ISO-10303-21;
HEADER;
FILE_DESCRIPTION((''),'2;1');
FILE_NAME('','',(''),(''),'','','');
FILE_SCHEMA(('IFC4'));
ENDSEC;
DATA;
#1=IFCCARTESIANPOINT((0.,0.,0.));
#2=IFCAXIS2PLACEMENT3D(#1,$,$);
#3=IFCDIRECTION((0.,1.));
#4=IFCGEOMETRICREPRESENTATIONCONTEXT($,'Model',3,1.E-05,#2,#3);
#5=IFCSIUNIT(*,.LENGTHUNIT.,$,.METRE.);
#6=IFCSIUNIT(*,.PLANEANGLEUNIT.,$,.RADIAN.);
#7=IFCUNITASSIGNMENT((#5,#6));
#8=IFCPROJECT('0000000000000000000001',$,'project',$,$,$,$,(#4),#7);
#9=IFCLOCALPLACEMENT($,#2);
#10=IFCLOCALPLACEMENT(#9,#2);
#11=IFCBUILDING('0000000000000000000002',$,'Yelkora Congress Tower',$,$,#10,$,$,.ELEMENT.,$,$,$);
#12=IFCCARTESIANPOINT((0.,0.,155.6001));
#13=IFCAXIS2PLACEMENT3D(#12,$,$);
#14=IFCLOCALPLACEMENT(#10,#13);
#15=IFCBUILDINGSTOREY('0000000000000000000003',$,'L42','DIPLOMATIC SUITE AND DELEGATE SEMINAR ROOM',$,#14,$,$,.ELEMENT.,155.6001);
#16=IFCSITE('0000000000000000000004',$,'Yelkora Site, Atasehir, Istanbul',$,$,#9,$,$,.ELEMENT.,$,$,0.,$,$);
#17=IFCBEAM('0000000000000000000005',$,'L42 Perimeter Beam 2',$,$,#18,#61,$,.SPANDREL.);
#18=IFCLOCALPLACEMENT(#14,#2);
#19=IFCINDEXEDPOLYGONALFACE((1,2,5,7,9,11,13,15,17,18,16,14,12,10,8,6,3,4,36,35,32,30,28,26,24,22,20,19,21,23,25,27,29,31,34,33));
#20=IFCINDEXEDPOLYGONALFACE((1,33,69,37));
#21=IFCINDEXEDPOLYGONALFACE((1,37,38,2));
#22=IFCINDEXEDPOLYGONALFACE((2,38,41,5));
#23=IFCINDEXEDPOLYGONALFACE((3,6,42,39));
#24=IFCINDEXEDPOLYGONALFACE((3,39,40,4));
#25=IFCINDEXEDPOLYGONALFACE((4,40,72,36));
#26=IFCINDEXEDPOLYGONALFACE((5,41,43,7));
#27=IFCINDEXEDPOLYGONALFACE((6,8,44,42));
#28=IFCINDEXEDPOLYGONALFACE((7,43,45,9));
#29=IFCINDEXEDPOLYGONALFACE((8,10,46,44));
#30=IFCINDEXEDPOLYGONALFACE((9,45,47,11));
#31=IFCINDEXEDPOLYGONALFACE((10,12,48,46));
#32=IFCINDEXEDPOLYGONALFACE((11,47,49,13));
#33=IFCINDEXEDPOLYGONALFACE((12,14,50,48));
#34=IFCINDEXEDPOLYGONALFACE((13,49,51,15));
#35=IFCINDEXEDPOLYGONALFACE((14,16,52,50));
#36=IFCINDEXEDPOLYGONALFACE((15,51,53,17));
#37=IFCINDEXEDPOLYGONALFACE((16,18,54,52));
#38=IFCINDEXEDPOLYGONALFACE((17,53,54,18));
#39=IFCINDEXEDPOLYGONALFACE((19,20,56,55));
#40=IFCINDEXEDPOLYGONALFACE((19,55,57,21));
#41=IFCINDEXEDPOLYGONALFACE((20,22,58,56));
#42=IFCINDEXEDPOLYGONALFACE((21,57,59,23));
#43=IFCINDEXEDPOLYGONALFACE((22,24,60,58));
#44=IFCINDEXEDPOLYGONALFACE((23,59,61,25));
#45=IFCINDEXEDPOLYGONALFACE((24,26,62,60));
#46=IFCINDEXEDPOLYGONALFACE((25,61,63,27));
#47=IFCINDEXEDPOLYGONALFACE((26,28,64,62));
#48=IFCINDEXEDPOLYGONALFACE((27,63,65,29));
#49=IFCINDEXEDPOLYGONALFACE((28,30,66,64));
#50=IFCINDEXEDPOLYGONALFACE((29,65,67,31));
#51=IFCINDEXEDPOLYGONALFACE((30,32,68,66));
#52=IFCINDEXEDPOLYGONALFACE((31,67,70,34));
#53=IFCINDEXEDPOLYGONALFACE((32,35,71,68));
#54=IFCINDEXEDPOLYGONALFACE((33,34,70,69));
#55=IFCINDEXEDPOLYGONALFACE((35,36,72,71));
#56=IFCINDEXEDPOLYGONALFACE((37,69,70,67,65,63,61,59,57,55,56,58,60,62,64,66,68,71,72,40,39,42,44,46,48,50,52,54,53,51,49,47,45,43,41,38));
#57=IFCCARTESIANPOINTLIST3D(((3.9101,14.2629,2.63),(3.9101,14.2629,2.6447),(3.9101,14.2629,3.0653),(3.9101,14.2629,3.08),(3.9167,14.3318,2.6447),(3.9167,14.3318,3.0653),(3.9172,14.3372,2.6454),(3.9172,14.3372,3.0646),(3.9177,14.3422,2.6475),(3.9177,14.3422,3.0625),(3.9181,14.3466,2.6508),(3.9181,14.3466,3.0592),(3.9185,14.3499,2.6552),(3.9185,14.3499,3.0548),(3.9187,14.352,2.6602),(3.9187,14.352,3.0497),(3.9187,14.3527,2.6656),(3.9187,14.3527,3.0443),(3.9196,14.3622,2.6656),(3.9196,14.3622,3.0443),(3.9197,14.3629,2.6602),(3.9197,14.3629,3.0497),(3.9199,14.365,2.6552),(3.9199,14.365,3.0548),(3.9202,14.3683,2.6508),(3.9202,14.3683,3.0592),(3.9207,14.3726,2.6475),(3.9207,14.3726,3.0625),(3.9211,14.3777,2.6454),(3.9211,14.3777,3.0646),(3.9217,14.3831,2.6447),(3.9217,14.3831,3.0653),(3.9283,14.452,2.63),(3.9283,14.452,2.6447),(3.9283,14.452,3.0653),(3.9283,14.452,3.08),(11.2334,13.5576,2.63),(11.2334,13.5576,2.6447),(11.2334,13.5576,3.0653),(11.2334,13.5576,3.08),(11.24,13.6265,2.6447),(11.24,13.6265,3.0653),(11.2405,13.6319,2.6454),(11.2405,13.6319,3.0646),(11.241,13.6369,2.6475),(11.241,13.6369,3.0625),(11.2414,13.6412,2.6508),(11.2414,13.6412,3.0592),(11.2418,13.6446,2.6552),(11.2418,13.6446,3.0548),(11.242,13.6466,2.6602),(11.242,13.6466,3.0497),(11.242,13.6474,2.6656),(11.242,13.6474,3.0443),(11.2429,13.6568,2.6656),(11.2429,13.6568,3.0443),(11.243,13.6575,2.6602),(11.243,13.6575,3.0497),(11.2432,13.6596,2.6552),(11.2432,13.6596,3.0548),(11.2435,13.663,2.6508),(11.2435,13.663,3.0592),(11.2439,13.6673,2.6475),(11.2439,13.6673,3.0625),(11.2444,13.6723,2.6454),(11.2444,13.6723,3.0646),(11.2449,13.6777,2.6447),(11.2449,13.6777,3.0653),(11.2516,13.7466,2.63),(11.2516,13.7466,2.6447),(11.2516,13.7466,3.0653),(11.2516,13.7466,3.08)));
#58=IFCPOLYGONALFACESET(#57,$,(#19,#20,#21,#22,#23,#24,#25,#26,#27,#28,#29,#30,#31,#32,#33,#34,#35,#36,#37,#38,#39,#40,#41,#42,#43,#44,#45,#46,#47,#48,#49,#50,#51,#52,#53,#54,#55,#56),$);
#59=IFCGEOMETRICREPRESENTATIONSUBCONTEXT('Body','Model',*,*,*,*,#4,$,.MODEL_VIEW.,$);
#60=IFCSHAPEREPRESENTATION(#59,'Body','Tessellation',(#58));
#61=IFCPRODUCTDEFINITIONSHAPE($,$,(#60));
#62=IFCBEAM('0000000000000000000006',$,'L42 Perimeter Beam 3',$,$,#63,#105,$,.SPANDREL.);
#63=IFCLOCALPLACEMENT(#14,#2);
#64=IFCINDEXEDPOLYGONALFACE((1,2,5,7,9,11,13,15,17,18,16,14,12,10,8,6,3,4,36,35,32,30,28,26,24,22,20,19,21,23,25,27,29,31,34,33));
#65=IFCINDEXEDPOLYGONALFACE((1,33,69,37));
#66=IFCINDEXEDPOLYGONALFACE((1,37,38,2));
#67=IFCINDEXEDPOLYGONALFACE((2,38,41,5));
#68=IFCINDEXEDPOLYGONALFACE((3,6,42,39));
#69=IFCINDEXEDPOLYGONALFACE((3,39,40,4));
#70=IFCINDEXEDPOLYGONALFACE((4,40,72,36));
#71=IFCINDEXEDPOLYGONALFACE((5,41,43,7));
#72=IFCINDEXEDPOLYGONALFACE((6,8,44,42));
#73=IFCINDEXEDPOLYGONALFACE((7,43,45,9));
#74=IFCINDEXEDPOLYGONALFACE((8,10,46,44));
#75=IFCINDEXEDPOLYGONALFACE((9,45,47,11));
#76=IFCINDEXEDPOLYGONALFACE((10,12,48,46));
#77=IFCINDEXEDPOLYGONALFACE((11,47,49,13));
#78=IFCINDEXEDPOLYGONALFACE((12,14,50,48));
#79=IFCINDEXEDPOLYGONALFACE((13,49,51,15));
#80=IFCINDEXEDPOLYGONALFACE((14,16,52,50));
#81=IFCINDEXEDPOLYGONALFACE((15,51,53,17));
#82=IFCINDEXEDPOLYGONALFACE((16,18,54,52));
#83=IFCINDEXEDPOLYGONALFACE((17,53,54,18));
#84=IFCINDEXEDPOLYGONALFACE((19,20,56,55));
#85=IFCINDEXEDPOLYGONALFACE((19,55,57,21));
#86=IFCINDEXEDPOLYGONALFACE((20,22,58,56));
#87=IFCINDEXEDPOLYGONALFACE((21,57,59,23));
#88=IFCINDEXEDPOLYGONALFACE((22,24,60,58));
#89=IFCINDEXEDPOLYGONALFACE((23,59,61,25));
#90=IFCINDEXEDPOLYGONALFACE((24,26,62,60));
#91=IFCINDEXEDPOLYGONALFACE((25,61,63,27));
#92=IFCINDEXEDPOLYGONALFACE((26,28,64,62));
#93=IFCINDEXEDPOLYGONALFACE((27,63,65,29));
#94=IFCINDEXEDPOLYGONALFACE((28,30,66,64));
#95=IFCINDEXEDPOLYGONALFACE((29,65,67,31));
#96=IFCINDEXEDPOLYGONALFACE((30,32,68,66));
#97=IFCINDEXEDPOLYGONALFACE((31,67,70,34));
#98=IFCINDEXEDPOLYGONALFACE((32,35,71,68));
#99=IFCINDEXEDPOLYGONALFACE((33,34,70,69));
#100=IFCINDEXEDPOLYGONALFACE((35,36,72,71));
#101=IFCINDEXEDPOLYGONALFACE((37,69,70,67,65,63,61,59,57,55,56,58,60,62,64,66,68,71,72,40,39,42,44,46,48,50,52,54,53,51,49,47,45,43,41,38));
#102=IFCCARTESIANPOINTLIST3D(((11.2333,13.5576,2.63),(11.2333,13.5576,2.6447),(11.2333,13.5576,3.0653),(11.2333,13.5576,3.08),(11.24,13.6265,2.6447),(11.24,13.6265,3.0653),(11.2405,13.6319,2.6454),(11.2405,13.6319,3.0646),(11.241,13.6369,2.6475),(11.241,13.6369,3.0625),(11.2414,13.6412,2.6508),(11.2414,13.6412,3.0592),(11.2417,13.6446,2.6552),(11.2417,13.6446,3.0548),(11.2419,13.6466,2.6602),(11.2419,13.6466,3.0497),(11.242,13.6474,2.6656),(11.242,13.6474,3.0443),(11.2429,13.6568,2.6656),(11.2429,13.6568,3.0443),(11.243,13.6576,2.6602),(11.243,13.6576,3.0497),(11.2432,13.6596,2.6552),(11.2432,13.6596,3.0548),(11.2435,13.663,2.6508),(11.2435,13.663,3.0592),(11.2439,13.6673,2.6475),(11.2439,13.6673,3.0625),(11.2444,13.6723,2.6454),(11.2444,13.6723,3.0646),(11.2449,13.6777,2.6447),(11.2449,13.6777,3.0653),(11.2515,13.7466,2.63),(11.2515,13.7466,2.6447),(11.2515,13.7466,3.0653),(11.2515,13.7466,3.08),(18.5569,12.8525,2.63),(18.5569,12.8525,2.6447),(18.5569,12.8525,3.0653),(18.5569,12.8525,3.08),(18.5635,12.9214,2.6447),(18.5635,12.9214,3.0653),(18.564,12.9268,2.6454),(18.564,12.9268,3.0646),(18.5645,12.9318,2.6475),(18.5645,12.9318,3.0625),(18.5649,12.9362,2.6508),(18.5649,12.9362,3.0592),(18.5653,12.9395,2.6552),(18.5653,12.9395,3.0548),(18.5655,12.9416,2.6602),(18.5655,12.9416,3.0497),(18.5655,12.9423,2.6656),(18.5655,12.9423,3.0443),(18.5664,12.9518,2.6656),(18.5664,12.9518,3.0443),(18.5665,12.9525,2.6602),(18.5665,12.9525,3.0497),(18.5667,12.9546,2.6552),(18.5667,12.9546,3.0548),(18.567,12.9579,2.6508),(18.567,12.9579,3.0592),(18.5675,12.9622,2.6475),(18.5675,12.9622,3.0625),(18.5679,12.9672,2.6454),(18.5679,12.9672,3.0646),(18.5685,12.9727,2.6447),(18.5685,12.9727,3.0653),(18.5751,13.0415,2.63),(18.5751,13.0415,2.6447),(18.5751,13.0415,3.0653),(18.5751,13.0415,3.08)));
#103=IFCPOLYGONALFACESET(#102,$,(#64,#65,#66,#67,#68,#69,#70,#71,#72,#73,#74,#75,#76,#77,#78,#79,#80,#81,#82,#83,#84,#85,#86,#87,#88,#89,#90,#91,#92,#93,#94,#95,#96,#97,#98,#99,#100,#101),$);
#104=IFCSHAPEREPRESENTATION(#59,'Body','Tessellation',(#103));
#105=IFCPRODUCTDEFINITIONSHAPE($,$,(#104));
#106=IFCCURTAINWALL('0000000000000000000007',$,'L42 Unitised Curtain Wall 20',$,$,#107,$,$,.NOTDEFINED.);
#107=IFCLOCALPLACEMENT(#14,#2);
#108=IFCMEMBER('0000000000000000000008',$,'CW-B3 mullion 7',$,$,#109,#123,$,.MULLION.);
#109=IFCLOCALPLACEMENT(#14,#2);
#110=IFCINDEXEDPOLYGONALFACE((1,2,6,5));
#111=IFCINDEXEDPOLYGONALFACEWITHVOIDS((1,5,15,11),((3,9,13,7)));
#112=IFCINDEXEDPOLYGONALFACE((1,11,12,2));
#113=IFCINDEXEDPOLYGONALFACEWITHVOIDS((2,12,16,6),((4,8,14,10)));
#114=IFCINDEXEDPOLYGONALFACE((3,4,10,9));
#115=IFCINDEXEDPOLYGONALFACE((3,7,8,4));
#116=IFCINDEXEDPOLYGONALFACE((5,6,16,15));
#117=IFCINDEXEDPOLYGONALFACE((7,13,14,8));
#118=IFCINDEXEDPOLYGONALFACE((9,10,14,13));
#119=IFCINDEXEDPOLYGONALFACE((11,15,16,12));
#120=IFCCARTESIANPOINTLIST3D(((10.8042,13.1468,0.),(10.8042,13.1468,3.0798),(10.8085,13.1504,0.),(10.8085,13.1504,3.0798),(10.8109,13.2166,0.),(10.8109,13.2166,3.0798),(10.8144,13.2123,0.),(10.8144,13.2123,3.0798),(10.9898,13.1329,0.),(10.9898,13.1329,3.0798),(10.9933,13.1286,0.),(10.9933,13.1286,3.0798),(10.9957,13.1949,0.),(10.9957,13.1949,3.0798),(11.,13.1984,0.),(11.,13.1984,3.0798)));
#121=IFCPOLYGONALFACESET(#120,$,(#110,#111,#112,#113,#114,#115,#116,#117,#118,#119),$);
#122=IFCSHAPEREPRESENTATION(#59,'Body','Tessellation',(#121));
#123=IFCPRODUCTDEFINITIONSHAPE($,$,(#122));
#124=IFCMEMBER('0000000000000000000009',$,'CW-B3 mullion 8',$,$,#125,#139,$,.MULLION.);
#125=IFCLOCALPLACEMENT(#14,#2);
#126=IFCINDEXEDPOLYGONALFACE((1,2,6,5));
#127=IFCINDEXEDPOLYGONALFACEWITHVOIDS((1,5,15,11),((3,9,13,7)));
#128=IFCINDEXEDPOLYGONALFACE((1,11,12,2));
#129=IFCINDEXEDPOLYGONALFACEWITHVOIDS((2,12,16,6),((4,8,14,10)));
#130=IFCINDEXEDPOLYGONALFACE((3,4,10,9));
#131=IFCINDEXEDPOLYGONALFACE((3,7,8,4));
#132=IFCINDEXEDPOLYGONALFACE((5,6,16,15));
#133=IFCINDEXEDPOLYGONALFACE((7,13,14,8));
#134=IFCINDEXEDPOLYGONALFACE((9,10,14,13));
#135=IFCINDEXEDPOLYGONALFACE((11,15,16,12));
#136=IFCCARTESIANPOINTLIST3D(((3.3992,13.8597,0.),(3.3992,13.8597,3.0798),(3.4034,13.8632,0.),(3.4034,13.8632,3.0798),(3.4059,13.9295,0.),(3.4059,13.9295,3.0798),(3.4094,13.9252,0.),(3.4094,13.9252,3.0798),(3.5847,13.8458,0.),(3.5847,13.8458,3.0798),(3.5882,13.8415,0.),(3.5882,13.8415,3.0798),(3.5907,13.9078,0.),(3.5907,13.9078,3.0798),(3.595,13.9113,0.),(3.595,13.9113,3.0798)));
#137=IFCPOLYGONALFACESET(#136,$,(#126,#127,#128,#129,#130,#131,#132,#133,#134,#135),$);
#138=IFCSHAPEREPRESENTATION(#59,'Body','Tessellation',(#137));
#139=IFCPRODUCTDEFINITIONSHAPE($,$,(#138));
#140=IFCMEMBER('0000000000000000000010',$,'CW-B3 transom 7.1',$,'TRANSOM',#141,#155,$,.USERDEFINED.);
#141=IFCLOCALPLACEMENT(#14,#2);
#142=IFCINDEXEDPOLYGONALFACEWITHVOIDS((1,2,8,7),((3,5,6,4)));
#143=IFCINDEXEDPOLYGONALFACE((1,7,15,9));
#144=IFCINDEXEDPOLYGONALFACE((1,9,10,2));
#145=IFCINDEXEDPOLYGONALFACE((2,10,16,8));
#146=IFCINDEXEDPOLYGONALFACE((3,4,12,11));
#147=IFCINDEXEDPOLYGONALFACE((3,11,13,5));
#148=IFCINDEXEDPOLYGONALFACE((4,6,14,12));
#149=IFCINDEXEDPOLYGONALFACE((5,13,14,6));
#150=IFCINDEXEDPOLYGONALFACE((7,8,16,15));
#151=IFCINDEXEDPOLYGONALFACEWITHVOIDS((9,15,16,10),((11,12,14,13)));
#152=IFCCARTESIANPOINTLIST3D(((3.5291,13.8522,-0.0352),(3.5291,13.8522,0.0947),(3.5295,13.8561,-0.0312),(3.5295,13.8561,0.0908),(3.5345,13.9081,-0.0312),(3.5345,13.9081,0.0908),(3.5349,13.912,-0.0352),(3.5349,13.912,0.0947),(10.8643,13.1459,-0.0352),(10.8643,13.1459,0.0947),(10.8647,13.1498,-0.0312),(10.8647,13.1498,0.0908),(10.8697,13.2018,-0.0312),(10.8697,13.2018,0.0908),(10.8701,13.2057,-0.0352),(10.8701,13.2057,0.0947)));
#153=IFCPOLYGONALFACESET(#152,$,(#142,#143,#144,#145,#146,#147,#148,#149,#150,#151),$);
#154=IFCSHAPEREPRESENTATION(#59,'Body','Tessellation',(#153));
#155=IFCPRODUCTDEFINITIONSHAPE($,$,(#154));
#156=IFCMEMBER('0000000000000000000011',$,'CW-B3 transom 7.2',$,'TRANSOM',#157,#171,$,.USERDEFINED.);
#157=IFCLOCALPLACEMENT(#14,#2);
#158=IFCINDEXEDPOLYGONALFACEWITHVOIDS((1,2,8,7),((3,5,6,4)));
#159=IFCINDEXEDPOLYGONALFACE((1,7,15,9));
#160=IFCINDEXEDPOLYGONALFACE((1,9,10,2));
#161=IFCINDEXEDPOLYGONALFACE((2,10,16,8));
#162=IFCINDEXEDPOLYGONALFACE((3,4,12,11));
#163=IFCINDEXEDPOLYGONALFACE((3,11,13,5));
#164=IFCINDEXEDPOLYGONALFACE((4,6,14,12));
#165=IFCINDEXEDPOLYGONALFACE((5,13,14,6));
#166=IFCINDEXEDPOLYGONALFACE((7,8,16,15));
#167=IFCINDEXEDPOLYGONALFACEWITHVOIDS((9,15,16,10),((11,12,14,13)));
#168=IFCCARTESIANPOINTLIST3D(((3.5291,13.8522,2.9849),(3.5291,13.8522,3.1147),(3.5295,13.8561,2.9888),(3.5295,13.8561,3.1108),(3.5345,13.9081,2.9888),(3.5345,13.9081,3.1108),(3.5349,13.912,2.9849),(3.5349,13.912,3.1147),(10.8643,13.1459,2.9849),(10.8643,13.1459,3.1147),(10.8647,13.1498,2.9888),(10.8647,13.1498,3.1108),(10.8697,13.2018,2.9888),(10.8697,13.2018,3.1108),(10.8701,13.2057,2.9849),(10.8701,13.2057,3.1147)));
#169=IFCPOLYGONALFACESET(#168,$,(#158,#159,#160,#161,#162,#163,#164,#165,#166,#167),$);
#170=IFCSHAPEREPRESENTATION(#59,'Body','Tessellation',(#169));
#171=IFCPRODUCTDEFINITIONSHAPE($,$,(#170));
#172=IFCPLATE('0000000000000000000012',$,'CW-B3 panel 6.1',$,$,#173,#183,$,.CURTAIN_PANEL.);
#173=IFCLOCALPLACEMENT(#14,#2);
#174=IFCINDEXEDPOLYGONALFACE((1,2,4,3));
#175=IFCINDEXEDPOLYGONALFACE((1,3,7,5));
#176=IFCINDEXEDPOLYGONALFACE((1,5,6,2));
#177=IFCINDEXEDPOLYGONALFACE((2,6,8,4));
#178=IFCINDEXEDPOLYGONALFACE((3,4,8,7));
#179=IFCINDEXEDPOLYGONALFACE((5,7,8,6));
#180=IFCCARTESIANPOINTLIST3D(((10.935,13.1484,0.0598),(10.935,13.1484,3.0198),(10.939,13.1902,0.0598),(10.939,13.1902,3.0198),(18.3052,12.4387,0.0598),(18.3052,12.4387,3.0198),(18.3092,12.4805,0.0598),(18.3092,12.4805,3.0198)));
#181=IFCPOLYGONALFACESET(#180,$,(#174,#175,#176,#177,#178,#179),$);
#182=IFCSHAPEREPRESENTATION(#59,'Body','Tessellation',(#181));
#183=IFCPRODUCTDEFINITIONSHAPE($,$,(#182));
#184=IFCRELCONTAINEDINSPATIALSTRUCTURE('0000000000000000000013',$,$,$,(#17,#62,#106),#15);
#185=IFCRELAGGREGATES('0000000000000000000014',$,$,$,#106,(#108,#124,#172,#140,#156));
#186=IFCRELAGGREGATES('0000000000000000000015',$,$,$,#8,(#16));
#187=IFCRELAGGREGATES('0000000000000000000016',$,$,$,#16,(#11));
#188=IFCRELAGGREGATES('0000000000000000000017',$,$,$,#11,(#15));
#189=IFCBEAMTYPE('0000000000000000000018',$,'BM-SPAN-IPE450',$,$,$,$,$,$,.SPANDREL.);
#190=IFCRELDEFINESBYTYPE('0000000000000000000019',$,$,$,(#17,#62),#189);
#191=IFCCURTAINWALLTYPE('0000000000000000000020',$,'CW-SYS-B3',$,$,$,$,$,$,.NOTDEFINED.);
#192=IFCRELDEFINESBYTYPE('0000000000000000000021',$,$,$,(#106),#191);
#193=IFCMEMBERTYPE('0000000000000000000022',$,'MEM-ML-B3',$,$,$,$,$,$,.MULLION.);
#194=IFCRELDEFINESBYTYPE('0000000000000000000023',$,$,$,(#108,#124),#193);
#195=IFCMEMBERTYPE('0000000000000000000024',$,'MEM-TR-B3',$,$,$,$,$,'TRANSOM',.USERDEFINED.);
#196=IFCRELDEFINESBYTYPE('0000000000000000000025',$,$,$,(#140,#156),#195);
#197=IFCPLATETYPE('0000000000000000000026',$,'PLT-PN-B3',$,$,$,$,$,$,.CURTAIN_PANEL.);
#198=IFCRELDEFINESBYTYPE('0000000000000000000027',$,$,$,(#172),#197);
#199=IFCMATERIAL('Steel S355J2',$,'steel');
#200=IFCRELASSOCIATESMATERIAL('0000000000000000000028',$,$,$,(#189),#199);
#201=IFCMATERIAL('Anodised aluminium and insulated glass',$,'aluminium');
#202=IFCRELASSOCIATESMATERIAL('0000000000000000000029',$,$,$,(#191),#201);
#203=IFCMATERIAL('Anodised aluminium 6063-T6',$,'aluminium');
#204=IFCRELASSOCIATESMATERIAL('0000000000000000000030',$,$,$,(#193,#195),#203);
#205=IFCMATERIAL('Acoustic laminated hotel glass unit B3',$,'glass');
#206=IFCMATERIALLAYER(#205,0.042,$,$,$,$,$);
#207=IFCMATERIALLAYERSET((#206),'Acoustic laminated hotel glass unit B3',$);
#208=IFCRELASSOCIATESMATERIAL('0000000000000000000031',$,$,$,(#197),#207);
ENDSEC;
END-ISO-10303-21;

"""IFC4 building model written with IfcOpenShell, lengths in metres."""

from ifc_helpers import new_model, si_unit, direction, frame, origin, origin_2d, place, context, subcontext, project, spatial, rectangle, hollow_rectangle, i_section, extrude, material, layer, layer_set, material_profile, profile_set, type_object, element, aggregate, save


model = new_model("IFC4")

# Units and contexts
model_context = context("Model", 3, precision=1e-05, world=origin(), true_north=direction((0.0, 1.0)))
body_context = subcontext(model_context, "Body", "Model", "MODEL_VIEW")
ifc_project = project(units=[si_unit("LENGTHUNIT", "METRE"), si_unit("PLANEANGLEUNIT", "RADIAN")], contexts=[model_context])

# Site, building, storey
site_placement = place(None, origin())
site = spatial("IfcSite", under=ifc_project, at=site_placement, Name="Yelkora Site, Atasehir, Istanbul", CompositionType="ELEMENT", RefElevation=0.0)
building_placement = place(site_placement, origin())
building = spatial("IfcBuilding", under=site, at=building_placement, Name="Yelkora Congress Tower", CompositionType="ELEMENT")
storey_placement = place(building_placement, frame((0.0, 0.0, 155.6001)))
storey = spatial("IfcBuildingStorey", under=building, at=storey_placement, Name="L42", Description="DIPLOMATIC SUITE AND DELEGATE SEMINAR ROOM", CompositionType="ELEMENT", Elevation=155.6001)

# Beams
ifc_material_1 = material(Name="Steel S355J2", Category="steel")
ifc_material_profile_1 = material_profile(ifc_material_1, i_section(OverallWidth=0.1899, OverallDepth=0.45, WebThickness=0.0095, FlangeThickness=0.0146, FilletRadius=0.021, at=origin_2d()), Name="IPE 450")
ifc_profile_set_1 = profile_set([ifc_material_profile_1], Name="Steel S355J2")
beam_type_1 = type_object("IfcBeamType", Name="BM-SPAN-IPE450", PredefinedType="SPANDREL", material=ifc_profile_set_1)
beam_1_placement = place(storey_placement, frame((3.9192, 14.3574, 2.855), z_axis=(0.995394, -0.095869, 0.0), x_axis=(0.095869, 0.995394, 0.0)))
element("IfcBeam", 1, at=beam_1_placement, inside=storey, type_object=beam_type_1, Name="L42 Perimeter Beam 2", PredefinedType="SPANDREL", context=body_context, shape_type="SweptSolid", body=[
    extrude(i_section(OverallWidth=0.1899, OverallDepth=0.45, WebThickness=0.0095, FlangeThickness=0.0146, FilletRadius=0.021, at=origin_2d()), origin(), (0.0, 0.0, 1.0), 7.3572),
])
beam_2_placement = place(storey_placement, frame((11.2424, 13.6521, 2.855), z_axis=(0.995397, -0.095833, 0.0), x_axis=(0.095833, 0.995397, 0.0)))
element("IfcBeam", 2, at=beam_2_placement, inside=storey, type_object=beam_type_1, Name="L42 Perimeter Beam 3", PredefinedType="SPANDREL", context=body_context, shape_type="SweptSolid", body=[
    extrude(i_section(OverallWidth=0.1899, OverallDepth=0.45, WebThickness=0.0095, FlangeThickness=0.0146, FilletRadius=0.021, at=origin_2d()), origin(), (0.0, 0.0, 1.0), 7.3574),
])

# Curtain wall, members, plate
ifc_material_2 = material(Name="Anodised aluminium and insulated glass", Category="aluminium")
curtain_wall_type = type_object("IfcCurtainWallType", Name="CW-SYS-B3", PredefinedType="NOTDEFINED", material=ifc_material_2)
curtain_wall_placement = place(storey_placement, origin())
curtain_wall = element("IfcCurtainWall", 3, at=curtain_wall_placement, inside=storey, type_object=curtain_wall_type, Name="L42 Unitised Curtain Wall 20", PredefinedType="NOTDEFINED")
ifc_material_3 = material(Name="Anodised aluminium 6063-T6", Category="aluminium")
ifc_material_profile_2 = material_profile(ifc_material_3, hollow_rectangle(XDim=0.0701, YDim=0.1899, WallThickness=0.0039, at=origin_2d()), Name="ALU 70x190x4")
ifc_profile_set_2 = profile_set([ifc_material_profile_2], Name="Anodised aluminium 6063-T6")
member_type_1 = type_object("IfcMemberType", Name="MEM-ML-B3", PredefinedType="MULLION", material=ifc_profile_set_2)
member_1_placement = place(storey_placement, frame((10.9021, 13.1726, 0.0), z_axis=(0.0, 0.0, 1.0), x_axis=(-0.095845, -0.995396, 0.0)))
member_1 = element("IfcMember", 4, at=member_1_placement, type_object=member_type_1, Name="CW-B3 mullion 7", PredefinedType="MULLION", context=body_context, shape_type="SweptSolid", body=[
    extrude(hollow_rectangle(XDim=0.0701, YDim=0.1899, WallThickness=0.0039, at=origin_2d()), origin(), (0.0, 0.0, 1.0), 3.0798),
])
member_2_placement = place(storey_placement, frame((3.4971, 13.8855, 0.0), z_axis=(0.0, 0.0, 1.0), x_axis=(-0.095845, -0.995396, 0.0)))
member_2 = element("IfcMember", 5, at=member_2_placement, type_object=member_type_1, Name="CW-B3 mullion 8", PredefinedType="MULLION", context=body_context, shape_type="SweptSolid", body=[
    extrude(hollow_rectangle(XDim=0.0701, YDim=0.1899, WallThickness=0.0039, at=origin_2d()), origin(), (0.0, 0.0, 1.0), 3.0798),
])
ifc_material_profile_3 = material_profile(ifc_material_3, hollow_rectangle(XDim=0.0601, YDim=0.1299, WallThickness=0.0039, at=origin_2d()), Name="ALU 60x130x4")
ifc_profile_set_3 = profile_set([ifc_material_profile_3], Name="Anodised aluminium 6063-T6")
member_type_2 = type_object("IfcMemberType", Name="MEM-TR-B3", ElementType="TRANSOM", PredefinedType="USERDEFINED", material=ifc_profile_set_3)
member_3_placement = place(storey_placement, frame((10.8672, 13.1758, 0.0298), z_axis=(-0.995396, 0.095846, 0.0), x_axis=(-0.095846, -0.995396, 0.0)))
member_3 = element("IfcMember", 6, at=member_3_placement, type_object=member_type_2, Name="CW-B3 transom 7.1", ObjectType="TRANSOM", PredefinedType="USERDEFINED", context=body_context, shape_type="SweptSolid", body=[
    extrude(hollow_rectangle(XDim=0.0601, YDim=0.1299, WallThickness=0.0039, at=origin_2d()), origin(), (0.0, 0.0, 1.0), 7.3691),
])
member_4_placement = place(storey_placement, frame((10.8672, 13.1758, 3.0498), z_axis=(-0.995396, 0.095846, 0.0), x_axis=(-0.095846, -0.995396, 0.0)))
member_4 = element("IfcMember", 7, at=member_4_placement, type_object=member_type_2, Name="CW-B3 transom 7.2", ObjectType="TRANSOM", PredefinedType="USERDEFINED", context=body_context, shape_type="SweptSolid", body=[
    extrude(hollow_rectangle(XDim=0.0601, YDim=0.1299, WallThickness=0.0039, at=origin_2d()), origin(), (0.0, 0.0, 1.0), 7.3691),
])
ifc_material_4 = material(Name="Acoustic laminated hotel glass unit B3", Category="glass")
ifc_layer_1 = layer(ifc_material_4, 0.042)
ifc_layer_set_1 = layer_set([ifc_layer_1], Name="Acoustic laminated hotel glass unit B3")
plate_type = type_object("IfcPlateType", Name="PLT-PN-B3", PredefinedType="CURTAIN_PANEL", material=ifc_layer_set_1)
plate_1_placement = place(storey_placement, frame((14.6221, 12.8145, 0.0598), z_axis=(0.0, 0.0, 1.0), x_axis=(-0.995396, 0.095845, 0.0)))
plate_1 = element("IfcPlate", 8, at=plate_1_placement, type_object=plate_type, Name="CW-B3 panel 6.1", PredefinedType="CURTAIN_PANEL", context=body_context, shape_type="SweptSolid", body=[
    extrude(rectangle(XDim=7.4043, YDim=0.042, at=origin_2d()), origin(), (0.0, 0.0, 1.0), 2.96),
])
aggregate(curtain_wall, [member_1, member_2, plate_1, member_3, member_4])

save(model, "model.ifc")
